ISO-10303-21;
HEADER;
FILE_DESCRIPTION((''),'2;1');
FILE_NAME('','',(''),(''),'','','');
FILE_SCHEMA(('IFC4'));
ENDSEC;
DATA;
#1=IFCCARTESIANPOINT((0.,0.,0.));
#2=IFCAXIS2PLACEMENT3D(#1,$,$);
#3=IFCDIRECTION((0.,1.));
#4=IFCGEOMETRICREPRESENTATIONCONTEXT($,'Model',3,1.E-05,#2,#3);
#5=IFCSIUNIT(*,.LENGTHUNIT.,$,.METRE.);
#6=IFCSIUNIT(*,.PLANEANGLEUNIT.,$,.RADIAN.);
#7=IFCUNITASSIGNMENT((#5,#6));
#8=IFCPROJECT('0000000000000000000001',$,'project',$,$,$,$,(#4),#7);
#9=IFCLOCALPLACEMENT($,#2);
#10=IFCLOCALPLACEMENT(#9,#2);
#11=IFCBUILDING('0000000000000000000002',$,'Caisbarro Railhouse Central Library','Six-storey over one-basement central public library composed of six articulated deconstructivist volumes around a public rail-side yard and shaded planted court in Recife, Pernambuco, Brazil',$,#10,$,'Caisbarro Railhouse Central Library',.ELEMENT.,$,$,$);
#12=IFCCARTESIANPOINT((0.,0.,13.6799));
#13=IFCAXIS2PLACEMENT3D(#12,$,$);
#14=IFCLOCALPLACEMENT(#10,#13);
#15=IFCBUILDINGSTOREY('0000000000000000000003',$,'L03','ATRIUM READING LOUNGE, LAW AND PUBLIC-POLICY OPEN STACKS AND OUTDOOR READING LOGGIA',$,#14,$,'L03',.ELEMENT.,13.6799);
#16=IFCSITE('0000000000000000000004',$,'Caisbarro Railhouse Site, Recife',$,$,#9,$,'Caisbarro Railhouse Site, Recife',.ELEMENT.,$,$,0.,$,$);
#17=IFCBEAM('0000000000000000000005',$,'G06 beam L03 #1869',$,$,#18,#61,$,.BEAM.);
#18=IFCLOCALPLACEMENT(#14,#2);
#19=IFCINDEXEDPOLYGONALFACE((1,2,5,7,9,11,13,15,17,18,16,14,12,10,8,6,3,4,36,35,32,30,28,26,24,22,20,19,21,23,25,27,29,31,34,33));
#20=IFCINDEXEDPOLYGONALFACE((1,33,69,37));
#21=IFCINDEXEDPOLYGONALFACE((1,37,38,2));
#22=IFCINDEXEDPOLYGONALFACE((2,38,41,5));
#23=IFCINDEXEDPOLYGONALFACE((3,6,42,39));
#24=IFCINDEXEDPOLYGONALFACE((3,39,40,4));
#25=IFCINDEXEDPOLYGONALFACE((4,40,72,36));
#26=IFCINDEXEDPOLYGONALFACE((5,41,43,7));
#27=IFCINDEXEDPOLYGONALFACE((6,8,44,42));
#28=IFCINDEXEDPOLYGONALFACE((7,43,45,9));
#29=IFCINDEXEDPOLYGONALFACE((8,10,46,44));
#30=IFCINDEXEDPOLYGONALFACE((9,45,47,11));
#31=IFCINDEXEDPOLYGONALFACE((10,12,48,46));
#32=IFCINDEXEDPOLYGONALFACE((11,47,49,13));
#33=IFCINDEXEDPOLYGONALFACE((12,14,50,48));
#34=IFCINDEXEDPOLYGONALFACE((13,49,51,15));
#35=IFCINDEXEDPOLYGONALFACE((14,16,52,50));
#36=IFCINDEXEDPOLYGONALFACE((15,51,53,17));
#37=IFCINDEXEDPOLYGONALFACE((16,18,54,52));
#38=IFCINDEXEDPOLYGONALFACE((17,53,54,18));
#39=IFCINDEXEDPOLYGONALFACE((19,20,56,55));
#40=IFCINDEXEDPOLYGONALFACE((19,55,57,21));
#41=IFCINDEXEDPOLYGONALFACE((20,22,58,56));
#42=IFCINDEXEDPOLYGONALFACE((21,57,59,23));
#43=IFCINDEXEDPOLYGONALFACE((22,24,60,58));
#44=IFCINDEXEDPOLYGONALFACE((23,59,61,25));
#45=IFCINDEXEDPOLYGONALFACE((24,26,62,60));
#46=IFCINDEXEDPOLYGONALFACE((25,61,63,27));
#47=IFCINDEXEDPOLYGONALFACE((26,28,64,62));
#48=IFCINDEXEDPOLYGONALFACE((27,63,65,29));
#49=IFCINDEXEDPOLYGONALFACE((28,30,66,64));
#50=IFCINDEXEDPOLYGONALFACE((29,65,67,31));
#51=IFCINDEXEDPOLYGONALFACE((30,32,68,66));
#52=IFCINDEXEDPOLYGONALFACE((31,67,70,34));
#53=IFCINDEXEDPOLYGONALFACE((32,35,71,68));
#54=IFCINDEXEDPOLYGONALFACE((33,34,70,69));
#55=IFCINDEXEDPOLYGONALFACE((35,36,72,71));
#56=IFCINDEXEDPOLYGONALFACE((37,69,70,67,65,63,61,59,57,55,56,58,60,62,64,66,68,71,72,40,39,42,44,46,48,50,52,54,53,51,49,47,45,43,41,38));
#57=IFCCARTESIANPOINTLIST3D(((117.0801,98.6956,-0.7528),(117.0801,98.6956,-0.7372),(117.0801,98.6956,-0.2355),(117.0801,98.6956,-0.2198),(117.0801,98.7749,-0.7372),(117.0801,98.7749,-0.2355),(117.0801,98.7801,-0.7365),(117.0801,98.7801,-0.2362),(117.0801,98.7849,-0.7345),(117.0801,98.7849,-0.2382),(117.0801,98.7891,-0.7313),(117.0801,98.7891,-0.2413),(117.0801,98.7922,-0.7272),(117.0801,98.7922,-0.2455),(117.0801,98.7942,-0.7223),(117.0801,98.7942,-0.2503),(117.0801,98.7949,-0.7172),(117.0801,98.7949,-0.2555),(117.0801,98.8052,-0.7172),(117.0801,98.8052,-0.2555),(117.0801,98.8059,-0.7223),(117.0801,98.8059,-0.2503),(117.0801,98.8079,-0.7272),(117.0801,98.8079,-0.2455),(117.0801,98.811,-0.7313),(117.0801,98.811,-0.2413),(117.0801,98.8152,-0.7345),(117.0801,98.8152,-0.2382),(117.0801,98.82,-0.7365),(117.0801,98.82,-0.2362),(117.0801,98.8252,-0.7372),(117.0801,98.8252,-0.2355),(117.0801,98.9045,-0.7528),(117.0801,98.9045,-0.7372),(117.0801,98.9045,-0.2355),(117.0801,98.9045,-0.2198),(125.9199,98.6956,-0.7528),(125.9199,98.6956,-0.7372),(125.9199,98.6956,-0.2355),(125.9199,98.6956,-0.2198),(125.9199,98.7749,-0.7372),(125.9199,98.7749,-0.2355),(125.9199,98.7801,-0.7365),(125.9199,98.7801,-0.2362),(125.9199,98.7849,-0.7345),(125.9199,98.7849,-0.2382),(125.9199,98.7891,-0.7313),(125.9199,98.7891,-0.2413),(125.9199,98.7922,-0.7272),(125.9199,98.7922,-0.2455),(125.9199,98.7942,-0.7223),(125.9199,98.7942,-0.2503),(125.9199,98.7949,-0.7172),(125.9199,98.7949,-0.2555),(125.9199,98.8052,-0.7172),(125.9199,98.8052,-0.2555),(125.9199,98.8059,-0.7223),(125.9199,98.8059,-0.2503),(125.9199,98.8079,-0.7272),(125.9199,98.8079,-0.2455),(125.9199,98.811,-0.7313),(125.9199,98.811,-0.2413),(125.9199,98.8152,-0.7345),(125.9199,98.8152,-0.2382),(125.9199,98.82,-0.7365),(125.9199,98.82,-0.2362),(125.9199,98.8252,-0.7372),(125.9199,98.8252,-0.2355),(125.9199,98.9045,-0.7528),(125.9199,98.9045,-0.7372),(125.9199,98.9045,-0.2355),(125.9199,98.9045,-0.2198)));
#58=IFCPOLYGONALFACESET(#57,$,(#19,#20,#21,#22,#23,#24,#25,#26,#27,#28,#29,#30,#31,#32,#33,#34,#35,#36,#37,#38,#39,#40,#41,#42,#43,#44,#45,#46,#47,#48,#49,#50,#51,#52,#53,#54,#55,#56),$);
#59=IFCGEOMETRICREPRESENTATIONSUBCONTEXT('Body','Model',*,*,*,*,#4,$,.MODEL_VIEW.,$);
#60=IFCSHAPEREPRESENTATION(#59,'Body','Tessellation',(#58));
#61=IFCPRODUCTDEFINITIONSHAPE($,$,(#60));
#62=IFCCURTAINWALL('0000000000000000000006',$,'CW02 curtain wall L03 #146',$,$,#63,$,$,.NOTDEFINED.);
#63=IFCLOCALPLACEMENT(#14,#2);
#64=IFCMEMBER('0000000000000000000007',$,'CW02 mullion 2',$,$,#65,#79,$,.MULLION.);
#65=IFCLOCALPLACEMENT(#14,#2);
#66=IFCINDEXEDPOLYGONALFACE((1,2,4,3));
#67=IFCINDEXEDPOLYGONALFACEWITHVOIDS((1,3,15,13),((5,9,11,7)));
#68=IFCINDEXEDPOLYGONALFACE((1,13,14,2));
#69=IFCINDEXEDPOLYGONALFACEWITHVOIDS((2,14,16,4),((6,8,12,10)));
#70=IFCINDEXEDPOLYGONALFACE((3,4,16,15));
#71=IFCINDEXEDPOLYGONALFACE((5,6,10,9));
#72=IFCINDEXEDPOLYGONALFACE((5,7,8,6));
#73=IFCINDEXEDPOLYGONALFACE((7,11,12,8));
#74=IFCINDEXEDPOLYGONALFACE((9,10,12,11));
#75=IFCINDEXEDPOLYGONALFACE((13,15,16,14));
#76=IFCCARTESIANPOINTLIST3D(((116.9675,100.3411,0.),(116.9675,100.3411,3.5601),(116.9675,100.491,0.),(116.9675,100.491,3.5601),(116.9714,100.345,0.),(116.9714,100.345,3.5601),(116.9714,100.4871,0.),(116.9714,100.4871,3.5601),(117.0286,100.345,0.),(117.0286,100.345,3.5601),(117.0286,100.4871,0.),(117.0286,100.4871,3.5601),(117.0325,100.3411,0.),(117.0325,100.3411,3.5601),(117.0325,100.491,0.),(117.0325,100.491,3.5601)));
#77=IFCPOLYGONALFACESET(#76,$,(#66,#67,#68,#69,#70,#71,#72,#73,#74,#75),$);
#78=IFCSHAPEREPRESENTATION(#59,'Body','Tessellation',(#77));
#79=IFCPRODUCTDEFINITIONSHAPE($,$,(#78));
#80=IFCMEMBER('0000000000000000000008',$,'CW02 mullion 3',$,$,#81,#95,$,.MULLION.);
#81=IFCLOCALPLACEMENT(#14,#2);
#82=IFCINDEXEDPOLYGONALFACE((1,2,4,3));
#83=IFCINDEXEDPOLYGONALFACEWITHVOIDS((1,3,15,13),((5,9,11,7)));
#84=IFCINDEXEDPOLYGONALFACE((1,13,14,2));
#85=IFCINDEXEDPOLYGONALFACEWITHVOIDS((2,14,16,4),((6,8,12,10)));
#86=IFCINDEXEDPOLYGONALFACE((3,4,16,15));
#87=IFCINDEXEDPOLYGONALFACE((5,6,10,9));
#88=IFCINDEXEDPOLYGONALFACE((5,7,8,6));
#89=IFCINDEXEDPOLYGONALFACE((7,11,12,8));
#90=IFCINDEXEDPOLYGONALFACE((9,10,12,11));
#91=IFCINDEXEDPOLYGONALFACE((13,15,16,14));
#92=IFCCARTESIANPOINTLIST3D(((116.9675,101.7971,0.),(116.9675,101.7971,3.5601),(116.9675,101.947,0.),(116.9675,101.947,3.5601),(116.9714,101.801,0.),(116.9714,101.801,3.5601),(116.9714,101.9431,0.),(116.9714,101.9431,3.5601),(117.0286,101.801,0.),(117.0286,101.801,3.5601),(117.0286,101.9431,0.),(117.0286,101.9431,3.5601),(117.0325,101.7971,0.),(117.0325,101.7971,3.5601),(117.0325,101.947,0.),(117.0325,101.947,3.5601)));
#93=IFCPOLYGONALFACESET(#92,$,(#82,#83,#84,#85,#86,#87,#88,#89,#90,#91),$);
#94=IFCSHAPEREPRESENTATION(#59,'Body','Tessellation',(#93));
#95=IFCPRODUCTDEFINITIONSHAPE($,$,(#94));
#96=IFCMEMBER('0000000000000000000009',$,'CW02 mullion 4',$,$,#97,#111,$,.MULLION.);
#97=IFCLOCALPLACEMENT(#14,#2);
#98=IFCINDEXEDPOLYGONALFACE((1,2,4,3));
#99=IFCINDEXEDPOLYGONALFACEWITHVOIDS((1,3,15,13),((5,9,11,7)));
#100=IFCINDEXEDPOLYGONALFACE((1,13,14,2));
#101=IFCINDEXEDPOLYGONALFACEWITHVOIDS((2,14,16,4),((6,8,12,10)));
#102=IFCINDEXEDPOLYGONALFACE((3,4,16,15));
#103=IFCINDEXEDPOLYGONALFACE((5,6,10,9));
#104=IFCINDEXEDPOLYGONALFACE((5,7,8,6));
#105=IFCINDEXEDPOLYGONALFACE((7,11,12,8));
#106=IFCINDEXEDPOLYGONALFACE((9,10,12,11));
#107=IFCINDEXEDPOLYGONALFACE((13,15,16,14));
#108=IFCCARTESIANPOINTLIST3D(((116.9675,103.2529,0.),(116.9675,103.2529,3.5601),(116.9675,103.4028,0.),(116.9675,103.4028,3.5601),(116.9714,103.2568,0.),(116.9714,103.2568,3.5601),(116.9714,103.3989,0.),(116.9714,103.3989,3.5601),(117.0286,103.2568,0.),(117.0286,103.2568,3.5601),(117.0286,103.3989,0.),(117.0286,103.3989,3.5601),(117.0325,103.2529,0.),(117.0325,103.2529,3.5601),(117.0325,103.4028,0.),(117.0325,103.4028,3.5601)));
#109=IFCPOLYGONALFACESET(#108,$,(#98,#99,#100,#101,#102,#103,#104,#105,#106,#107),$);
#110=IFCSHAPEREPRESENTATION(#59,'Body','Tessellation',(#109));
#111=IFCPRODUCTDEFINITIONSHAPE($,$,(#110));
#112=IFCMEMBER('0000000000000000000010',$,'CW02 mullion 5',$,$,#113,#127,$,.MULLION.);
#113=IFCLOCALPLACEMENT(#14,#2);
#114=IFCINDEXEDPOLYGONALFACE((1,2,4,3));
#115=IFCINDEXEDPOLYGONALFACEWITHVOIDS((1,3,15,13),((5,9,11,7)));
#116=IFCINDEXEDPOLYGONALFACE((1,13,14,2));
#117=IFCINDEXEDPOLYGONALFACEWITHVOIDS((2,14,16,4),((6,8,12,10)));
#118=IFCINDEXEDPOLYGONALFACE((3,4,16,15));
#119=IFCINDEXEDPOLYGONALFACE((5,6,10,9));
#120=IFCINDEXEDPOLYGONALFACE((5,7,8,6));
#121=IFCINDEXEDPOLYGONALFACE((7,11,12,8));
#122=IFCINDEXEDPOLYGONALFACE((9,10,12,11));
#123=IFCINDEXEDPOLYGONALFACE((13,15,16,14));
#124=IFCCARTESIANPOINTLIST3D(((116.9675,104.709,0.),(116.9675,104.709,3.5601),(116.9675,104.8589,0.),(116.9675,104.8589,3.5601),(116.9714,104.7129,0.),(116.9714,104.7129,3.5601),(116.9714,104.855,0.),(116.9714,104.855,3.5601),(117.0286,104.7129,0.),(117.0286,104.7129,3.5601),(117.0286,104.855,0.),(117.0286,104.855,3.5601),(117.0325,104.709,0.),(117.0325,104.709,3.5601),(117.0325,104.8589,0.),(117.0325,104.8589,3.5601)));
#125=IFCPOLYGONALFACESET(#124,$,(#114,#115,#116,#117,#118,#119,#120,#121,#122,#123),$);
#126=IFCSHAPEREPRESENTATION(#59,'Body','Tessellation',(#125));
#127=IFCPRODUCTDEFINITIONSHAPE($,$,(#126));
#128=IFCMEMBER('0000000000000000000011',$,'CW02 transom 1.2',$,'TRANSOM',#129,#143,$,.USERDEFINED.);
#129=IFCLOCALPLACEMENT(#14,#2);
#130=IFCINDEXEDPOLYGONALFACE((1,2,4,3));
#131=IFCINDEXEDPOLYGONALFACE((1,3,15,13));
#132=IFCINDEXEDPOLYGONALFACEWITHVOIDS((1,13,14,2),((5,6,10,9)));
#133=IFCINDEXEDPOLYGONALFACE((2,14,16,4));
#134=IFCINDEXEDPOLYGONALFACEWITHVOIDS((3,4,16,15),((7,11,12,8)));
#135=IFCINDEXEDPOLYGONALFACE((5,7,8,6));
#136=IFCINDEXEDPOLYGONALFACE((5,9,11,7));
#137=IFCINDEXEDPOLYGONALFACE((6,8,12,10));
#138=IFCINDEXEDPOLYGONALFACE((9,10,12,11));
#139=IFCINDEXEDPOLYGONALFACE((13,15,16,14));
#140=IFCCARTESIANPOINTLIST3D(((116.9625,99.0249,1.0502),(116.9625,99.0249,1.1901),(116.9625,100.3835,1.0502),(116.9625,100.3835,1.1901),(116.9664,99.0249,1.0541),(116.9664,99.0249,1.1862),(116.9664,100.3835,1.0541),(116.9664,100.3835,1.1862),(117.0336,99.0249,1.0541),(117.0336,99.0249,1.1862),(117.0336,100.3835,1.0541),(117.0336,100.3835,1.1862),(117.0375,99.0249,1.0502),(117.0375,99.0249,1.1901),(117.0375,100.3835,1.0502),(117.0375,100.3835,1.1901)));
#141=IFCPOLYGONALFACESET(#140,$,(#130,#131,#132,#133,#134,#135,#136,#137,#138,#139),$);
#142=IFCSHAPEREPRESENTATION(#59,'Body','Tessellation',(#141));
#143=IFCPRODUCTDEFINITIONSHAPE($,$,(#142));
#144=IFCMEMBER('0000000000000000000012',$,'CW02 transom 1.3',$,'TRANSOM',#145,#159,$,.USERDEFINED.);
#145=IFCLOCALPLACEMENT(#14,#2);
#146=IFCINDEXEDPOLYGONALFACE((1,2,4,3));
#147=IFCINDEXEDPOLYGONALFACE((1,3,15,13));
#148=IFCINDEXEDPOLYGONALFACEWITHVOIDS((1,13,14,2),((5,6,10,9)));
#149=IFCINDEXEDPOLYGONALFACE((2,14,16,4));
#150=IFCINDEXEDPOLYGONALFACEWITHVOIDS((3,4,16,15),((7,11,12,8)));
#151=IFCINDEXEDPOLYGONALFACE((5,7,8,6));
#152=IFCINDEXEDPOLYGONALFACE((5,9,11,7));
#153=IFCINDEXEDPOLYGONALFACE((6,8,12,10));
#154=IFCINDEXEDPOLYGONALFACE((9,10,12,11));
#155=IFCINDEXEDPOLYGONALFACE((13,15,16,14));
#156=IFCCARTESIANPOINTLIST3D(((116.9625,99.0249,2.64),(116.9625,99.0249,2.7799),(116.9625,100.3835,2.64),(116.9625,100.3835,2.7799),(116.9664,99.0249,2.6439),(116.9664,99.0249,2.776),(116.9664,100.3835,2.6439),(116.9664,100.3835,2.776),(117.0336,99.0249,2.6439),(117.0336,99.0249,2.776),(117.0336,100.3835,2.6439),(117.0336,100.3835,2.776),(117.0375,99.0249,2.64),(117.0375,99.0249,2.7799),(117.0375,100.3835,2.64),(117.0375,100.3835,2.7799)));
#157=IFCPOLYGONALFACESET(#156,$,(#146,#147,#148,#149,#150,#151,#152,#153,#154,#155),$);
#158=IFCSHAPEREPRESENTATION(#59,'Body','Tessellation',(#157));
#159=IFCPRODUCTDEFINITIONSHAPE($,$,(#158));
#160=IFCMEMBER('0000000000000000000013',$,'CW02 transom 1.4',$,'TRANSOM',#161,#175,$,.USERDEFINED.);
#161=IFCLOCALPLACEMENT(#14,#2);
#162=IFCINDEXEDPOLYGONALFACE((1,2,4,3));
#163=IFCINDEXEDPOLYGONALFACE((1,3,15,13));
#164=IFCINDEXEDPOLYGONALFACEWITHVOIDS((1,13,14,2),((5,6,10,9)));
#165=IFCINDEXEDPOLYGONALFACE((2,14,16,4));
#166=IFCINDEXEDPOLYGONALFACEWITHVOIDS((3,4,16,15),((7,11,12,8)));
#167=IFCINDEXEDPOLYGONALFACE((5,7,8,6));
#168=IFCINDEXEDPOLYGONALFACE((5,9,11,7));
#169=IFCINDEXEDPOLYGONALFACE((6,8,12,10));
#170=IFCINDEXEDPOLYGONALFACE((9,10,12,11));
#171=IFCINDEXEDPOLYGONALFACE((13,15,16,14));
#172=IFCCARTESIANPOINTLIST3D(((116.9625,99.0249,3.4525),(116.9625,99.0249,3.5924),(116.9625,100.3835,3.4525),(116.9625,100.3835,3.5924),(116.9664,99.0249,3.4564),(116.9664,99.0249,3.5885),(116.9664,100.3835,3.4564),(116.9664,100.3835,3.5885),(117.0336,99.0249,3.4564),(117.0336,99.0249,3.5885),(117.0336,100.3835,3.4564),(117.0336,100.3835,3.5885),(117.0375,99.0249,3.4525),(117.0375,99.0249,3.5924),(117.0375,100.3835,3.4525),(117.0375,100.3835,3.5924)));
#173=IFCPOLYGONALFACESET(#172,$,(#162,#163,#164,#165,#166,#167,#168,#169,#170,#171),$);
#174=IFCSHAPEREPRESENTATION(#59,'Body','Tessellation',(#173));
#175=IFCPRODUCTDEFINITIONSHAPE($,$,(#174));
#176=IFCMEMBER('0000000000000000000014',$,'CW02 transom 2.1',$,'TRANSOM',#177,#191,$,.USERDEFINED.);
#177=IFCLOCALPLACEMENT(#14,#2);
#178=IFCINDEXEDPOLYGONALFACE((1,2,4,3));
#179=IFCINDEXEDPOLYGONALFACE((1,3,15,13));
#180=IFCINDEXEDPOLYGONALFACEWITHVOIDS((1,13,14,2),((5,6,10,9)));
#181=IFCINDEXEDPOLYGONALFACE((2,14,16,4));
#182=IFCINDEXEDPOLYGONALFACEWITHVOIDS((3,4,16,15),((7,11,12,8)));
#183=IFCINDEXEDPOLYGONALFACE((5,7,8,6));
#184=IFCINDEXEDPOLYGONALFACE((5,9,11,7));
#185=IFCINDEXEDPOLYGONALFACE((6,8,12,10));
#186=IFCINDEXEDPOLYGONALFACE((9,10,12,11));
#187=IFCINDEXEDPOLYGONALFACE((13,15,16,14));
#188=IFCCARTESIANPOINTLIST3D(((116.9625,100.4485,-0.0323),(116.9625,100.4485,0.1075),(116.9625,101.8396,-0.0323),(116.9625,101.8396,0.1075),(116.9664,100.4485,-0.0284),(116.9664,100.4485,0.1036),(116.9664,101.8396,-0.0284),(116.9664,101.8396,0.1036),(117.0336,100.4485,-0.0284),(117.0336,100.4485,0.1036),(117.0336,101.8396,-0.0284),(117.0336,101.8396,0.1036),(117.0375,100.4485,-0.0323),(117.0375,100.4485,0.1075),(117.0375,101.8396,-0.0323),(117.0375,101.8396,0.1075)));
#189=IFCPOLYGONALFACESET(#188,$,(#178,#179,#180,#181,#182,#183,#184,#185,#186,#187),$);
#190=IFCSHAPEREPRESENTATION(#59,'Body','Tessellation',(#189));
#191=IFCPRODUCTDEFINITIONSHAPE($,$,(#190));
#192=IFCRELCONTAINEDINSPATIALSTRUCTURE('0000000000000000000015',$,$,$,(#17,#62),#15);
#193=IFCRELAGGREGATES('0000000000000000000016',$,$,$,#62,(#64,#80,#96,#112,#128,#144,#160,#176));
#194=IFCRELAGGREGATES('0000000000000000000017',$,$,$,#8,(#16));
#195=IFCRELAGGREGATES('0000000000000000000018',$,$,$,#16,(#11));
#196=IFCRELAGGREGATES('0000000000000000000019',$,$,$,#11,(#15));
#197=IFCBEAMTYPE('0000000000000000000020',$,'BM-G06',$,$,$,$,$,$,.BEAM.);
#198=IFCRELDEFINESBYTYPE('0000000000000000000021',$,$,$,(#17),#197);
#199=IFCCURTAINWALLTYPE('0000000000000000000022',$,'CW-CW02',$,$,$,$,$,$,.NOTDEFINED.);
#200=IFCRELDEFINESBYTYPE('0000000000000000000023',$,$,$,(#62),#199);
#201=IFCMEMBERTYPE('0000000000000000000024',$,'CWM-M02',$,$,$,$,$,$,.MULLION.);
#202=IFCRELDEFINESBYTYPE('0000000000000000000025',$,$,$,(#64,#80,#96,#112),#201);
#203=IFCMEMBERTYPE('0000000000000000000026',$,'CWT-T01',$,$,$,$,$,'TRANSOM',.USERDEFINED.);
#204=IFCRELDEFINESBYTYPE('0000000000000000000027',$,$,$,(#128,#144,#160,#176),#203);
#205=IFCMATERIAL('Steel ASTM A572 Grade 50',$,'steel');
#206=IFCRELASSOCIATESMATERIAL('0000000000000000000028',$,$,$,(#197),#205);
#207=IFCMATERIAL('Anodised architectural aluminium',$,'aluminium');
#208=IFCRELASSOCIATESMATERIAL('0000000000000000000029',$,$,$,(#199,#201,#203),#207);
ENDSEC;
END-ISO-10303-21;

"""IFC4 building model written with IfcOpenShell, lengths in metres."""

from ifc_helpers import new_model, si_unit, direction, frame, origin, origin_2d, place, context, subcontext, project, spatial, hollow_rectangle, i_section, extrude, material, material_profile, profile_set, type_object, element, aggregate, save


model = new_model("IFC4")

# Units and contexts
model_context = context("Model", 3, precision=1e-05, world=origin(), true_north=direction((0.0, 1.0)))
body_context = subcontext(model_context, "Body", "Model", "MODEL_VIEW")
ifc_project = project(units=[si_unit("LENGTHUNIT", "METRE"), si_unit("PLANEANGLEUNIT", "RADIAN")], contexts=[model_context])

# Site, building, storey
site_placement = place(None, origin())
site = spatial("IfcSite", under=ifc_project, at=site_placement, Name="Caisbarro Railhouse Site, Recife", LongName="Caisbarro Railhouse Site, Recife", CompositionType="ELEMENT", RefElevation=0.0)
building_placement = place(site_placement, origin())
building = spatial("IfcBuilding", under=site, at=building_placement, Name="Caisbarro Railhouse Central Library", Description="Six-storey over one-basement central public library composed of six articulated deconstructivist volumes around a public rail-side yard and shaded planted court in Recife, Pernambuco, Brazil", LongName="Caisbarro Railhouse Central Library", CompositionType="ELEMENT")
storey_placement = place(building_placement, frame((0.0, 0.0, 13.6799)))
storey = spatial("IfcBuildingStorey", under=building, at=storey_placement, Name="L03", Description="ATRIUM READING LOUNGE, LAW AND PUBLIC-POLICY OPEN STACKS AND OUTDOOR READING LOGGIA", LongName="L03", CompositionType="ELEMENT", Elevation=13.6799)

# Beam
ifc_material_1 = material(Name="Steel ASTM A572 Grade 50", Category="steel")
ifc_material_profile_1 = material_profile(ifc_material_1, i_section(OverallWidth=0.209, OverallDepth=0.533, WebThickness=0.0103, FlangeThickness=0.0156, FilletRadius=0.02, at=origin_2d()), Name="W530X92.0")
ifc_profile_set_1 = profile_set([ifc_material_profile_1], Name="Steel ASTM A572 Grade 50")
beam_type = type_object("IfcBeamType", Name="BM-G06", PredefinedType="BEAM", material=ifc_profile_set_1)
beam_placement = place(storey_placement, frame((117.0801, 98.8, -0.4863), z_axis=(1.0, 0.0, 0.0), x_axis=(0.0, 1.0, 0.0)))
element("IfcBeam", 1, at=beam_placement, inside=storey, type_object=beam_type, Name="G06 beam L03 #1869", PredefinedType="BEAM", context=body_context, shape_type="SweptSolid", body=[
    extrude(i_section(OverallWidth=0.209, OverallDepth=0.533, WebThickness=0.0103, FlangeThickness=0.0156, FilletRadius=0.02, at=origin_2d()), origin(), (0.0, 0.0, 1.0), 8.8398),
])

# Curtain wall, members
ifc_material_2 = material(Name="Anodised architectural aluminium", Category="aluminium")
curtain_wall_type = type_object("IfcCurtainWallType", Name="CW-CW02", PredefinedType="NOTDEFINED", material=ifc_material_2)
curtain_wall_placement = place(storey_placement, origin())
curtain_wall = element("IfcCurtainWall", 2, at=curtain_wall_placement, inside=storey, type_object=curtain_wall_type, Name="CW02 curtain wall L03 #146", PredefinedType="NOTDEFINED")
ifc_material_profile_2 = material_profile(ifc_material_2, hollow_rectangle(XDim=0.0649, YDim=0.1499, WallThickness=0.0039, at=origin_2d()), Name="ALU-MUL-65X150")
ifc_profile_set_2 = profile_set([ifc_material_profile_2], Name="Anodised architectural aluminium")
member_type_1 = type_object("IfcMemberType", Name="CWM-M02", PredefinedType="MULLION", material=ifc_profile_set_2)
member_1_placement = place(storey_placement, frame((117.0, 100.416, 0.0), z_axis=(0.0, 0.0, 1.0), x_axis=(-1.0, 0.0, 0.0)))
member_1 = element("IfcMember", 3, at=member_1_placement, type_object=member_type_1, Name="CW02 mullion 2", PredefinedType="MULLION", context=body_context, shape_type="SweptSolid", body=[
    extrude(hollow_rectangle(XDim=0.0649, YDim=0.1499, WallThickness=0.0039, at=origin_2d()), origin(), (0.0, 0.0, 1.0), 3.5601),
])
member_2_placement = place(storey_placement, frame((117.0, 101.8721, 0.0), z_axis=(0.0, 0.0, 1.0), x_axis=(-1.0, 0.0, 0.0)))
member_2 = element("IfcMember", 4, at=member_2_placement, type_object=member_type_1, Name="CW02 mullion 3", PredefinedType="MULLION", context=body_context, shape_type="SweptSolid", body=[
    extrude(hollow_rectangle(XDim=0.0649, YDim=0.1499, WallThickness=0.0039, at=origin_2d()), origin(), (0.0, 0.0, 1.0), 3.5601),
])
member_3_placement = place(storey_placement, frame((117.0, 103.3279, 0.0), z_axis=(0.0, 0.0, 1.0), x_axis=(-1.0, 0.0, 0.0)))
member_3 = element("IfcMember", 5, at=member_3_placement, type_object=member_type_1, Name="CW02 mullion 4", PredefinedType="MULLION", context=body_context, shape_type="SweptSolid", body=[
    extrude(hollow_rectangle(XDim=0.0649, YDim=0.1499, WallThickness=0.0039, at=origin_2d()), origin(), (0.0, 0.0, 1.0), 3.5601),
])
member_4_placement = place(storey_placement, frame((117.0, 104.7839, 0.0), z_axis=(0.0, 0.0, 1.0), x_axis=(-1.0, 0.0, 0.0)))
member_4 = element("IfcMember", 6, at=member_4_placement, type_object=member_type_1, Name="CW02 mullion 5", PredefinedType="MULLION", context=body_context, shape_type="SweptSolid", body=[
    extrude(hollow_rectangle(XDim=0.0649, YDim=0.1499, WallThickness=0.0039, at=origin_2d()), origin(), (0.0, 0.0, 1.0), 3.5601),
])
ifc_material_profile_3 = material_profile(ifc_material_2, hollow_rectangle(XDim=0.075, YDim=0.1399, WallThickness=0.0039, at=origin_2d()), Name="ALU-TRN-75X140")
ifc_profile_set_3 = profile_set([ifc_material_profile_3], Name="Anodised architectural aluminium")
member_type_2 = type_object("IfcMemberType", Name="CWT-T01", ElementType="TRANSOM", PredefinedType="USERDEFINED", material=ifc_profile_set_3)
member_5_placement = place(storey_placement, frame((117.0, 99.0249, 1.1201), z_axis=(0.0, 1.0, 0.0), x_axis=(-1.0, 0.0, 0.0)))
member_5 = element("IfcMember", 7, at=member_5_placement, type_object=member_type_2, Name="CW02 transom 1.2", ObjectType="TRANSOM", PredefinedType="USERDEFINED", context=body_context, shape_type="SweptSolid", body=[
    extrude(hollow_rectangle(XDim=0.075, YDim=0.1399, WallThickness=0.0039, at=origin_2d()), origin(), (0.0, 0.0, 1.0), 1.3586),
])
member_6_placement = place(storey_placement, frame((117.0, 99.0249, 2.71), z_axis=(0.0, 1.0, 0.0), x_axis=(-1.0, 0.0, 0.0)))
member_6 = element("IfcMember", 8, at=member_6_placement, type_object=member_type_2, Name="CW02 transom 1.3", ObjectType="TRANSOM", PredefinedType="USERDEFINED", context=body_context, shape_type="SweptSolid", body=[
    extrude(hollow_rectangle(XDim=0.075, YDim=0.1399, WallThickness=0.0039, at=origin_2d()), origin(), (0.0, 0.0, 1.0), 1.3586),
])
member_7_placement = place(storey_placement, frame((117.0, 99.0249, 3.5225), z_axis=(0.0, 1.0, 0.0), x_axis=(-1.0, 0.0, 0.0)))
member_7 = element("IfcMember", 9, at=member_7_placement, type_object=member_type_2, Name="CW02 transom 1.4", ObjectType="TRANSOM", PredefinedType="USERDEFINED", context=body_context, shape_type="SweptSolid", body=[
    extrude(hollow_rectangle(XDim=0.075, YDim=0.1399, WallThickness=0.0039, at=origin_2d()), origin(), (0.0, 0.0, 1.0), 1.3586),
])
member_8_placement = place(storey_placement, frame((117.0, 100.4485, 0.0376), z_axis=(0.0, 1.0, 0.0), x_axis=(-1.0, 0.0, 0.0)))
member_8 = element("IfcMember", 10, at=member_8_placement, type_object=member_type_2, Name="CW02 transom 2.1", ObjectType="TRANSOM", PredefinedType="USERDEFINED", context=body_context, shape_type="SweptSolid", body=[
    extrude(hollow_rectangle(XDim=0.075, YDim=0.1399, WallThickness=0.0039, at=origin_2d()), origin(), (0.0, 0.0, 1.0), 1.3911),
])
aggregate(curtain_wall, [member_1, member_2, member_3, member_4, member_5, member_6, member_7, member_8])

save(model, "model.ifc")
